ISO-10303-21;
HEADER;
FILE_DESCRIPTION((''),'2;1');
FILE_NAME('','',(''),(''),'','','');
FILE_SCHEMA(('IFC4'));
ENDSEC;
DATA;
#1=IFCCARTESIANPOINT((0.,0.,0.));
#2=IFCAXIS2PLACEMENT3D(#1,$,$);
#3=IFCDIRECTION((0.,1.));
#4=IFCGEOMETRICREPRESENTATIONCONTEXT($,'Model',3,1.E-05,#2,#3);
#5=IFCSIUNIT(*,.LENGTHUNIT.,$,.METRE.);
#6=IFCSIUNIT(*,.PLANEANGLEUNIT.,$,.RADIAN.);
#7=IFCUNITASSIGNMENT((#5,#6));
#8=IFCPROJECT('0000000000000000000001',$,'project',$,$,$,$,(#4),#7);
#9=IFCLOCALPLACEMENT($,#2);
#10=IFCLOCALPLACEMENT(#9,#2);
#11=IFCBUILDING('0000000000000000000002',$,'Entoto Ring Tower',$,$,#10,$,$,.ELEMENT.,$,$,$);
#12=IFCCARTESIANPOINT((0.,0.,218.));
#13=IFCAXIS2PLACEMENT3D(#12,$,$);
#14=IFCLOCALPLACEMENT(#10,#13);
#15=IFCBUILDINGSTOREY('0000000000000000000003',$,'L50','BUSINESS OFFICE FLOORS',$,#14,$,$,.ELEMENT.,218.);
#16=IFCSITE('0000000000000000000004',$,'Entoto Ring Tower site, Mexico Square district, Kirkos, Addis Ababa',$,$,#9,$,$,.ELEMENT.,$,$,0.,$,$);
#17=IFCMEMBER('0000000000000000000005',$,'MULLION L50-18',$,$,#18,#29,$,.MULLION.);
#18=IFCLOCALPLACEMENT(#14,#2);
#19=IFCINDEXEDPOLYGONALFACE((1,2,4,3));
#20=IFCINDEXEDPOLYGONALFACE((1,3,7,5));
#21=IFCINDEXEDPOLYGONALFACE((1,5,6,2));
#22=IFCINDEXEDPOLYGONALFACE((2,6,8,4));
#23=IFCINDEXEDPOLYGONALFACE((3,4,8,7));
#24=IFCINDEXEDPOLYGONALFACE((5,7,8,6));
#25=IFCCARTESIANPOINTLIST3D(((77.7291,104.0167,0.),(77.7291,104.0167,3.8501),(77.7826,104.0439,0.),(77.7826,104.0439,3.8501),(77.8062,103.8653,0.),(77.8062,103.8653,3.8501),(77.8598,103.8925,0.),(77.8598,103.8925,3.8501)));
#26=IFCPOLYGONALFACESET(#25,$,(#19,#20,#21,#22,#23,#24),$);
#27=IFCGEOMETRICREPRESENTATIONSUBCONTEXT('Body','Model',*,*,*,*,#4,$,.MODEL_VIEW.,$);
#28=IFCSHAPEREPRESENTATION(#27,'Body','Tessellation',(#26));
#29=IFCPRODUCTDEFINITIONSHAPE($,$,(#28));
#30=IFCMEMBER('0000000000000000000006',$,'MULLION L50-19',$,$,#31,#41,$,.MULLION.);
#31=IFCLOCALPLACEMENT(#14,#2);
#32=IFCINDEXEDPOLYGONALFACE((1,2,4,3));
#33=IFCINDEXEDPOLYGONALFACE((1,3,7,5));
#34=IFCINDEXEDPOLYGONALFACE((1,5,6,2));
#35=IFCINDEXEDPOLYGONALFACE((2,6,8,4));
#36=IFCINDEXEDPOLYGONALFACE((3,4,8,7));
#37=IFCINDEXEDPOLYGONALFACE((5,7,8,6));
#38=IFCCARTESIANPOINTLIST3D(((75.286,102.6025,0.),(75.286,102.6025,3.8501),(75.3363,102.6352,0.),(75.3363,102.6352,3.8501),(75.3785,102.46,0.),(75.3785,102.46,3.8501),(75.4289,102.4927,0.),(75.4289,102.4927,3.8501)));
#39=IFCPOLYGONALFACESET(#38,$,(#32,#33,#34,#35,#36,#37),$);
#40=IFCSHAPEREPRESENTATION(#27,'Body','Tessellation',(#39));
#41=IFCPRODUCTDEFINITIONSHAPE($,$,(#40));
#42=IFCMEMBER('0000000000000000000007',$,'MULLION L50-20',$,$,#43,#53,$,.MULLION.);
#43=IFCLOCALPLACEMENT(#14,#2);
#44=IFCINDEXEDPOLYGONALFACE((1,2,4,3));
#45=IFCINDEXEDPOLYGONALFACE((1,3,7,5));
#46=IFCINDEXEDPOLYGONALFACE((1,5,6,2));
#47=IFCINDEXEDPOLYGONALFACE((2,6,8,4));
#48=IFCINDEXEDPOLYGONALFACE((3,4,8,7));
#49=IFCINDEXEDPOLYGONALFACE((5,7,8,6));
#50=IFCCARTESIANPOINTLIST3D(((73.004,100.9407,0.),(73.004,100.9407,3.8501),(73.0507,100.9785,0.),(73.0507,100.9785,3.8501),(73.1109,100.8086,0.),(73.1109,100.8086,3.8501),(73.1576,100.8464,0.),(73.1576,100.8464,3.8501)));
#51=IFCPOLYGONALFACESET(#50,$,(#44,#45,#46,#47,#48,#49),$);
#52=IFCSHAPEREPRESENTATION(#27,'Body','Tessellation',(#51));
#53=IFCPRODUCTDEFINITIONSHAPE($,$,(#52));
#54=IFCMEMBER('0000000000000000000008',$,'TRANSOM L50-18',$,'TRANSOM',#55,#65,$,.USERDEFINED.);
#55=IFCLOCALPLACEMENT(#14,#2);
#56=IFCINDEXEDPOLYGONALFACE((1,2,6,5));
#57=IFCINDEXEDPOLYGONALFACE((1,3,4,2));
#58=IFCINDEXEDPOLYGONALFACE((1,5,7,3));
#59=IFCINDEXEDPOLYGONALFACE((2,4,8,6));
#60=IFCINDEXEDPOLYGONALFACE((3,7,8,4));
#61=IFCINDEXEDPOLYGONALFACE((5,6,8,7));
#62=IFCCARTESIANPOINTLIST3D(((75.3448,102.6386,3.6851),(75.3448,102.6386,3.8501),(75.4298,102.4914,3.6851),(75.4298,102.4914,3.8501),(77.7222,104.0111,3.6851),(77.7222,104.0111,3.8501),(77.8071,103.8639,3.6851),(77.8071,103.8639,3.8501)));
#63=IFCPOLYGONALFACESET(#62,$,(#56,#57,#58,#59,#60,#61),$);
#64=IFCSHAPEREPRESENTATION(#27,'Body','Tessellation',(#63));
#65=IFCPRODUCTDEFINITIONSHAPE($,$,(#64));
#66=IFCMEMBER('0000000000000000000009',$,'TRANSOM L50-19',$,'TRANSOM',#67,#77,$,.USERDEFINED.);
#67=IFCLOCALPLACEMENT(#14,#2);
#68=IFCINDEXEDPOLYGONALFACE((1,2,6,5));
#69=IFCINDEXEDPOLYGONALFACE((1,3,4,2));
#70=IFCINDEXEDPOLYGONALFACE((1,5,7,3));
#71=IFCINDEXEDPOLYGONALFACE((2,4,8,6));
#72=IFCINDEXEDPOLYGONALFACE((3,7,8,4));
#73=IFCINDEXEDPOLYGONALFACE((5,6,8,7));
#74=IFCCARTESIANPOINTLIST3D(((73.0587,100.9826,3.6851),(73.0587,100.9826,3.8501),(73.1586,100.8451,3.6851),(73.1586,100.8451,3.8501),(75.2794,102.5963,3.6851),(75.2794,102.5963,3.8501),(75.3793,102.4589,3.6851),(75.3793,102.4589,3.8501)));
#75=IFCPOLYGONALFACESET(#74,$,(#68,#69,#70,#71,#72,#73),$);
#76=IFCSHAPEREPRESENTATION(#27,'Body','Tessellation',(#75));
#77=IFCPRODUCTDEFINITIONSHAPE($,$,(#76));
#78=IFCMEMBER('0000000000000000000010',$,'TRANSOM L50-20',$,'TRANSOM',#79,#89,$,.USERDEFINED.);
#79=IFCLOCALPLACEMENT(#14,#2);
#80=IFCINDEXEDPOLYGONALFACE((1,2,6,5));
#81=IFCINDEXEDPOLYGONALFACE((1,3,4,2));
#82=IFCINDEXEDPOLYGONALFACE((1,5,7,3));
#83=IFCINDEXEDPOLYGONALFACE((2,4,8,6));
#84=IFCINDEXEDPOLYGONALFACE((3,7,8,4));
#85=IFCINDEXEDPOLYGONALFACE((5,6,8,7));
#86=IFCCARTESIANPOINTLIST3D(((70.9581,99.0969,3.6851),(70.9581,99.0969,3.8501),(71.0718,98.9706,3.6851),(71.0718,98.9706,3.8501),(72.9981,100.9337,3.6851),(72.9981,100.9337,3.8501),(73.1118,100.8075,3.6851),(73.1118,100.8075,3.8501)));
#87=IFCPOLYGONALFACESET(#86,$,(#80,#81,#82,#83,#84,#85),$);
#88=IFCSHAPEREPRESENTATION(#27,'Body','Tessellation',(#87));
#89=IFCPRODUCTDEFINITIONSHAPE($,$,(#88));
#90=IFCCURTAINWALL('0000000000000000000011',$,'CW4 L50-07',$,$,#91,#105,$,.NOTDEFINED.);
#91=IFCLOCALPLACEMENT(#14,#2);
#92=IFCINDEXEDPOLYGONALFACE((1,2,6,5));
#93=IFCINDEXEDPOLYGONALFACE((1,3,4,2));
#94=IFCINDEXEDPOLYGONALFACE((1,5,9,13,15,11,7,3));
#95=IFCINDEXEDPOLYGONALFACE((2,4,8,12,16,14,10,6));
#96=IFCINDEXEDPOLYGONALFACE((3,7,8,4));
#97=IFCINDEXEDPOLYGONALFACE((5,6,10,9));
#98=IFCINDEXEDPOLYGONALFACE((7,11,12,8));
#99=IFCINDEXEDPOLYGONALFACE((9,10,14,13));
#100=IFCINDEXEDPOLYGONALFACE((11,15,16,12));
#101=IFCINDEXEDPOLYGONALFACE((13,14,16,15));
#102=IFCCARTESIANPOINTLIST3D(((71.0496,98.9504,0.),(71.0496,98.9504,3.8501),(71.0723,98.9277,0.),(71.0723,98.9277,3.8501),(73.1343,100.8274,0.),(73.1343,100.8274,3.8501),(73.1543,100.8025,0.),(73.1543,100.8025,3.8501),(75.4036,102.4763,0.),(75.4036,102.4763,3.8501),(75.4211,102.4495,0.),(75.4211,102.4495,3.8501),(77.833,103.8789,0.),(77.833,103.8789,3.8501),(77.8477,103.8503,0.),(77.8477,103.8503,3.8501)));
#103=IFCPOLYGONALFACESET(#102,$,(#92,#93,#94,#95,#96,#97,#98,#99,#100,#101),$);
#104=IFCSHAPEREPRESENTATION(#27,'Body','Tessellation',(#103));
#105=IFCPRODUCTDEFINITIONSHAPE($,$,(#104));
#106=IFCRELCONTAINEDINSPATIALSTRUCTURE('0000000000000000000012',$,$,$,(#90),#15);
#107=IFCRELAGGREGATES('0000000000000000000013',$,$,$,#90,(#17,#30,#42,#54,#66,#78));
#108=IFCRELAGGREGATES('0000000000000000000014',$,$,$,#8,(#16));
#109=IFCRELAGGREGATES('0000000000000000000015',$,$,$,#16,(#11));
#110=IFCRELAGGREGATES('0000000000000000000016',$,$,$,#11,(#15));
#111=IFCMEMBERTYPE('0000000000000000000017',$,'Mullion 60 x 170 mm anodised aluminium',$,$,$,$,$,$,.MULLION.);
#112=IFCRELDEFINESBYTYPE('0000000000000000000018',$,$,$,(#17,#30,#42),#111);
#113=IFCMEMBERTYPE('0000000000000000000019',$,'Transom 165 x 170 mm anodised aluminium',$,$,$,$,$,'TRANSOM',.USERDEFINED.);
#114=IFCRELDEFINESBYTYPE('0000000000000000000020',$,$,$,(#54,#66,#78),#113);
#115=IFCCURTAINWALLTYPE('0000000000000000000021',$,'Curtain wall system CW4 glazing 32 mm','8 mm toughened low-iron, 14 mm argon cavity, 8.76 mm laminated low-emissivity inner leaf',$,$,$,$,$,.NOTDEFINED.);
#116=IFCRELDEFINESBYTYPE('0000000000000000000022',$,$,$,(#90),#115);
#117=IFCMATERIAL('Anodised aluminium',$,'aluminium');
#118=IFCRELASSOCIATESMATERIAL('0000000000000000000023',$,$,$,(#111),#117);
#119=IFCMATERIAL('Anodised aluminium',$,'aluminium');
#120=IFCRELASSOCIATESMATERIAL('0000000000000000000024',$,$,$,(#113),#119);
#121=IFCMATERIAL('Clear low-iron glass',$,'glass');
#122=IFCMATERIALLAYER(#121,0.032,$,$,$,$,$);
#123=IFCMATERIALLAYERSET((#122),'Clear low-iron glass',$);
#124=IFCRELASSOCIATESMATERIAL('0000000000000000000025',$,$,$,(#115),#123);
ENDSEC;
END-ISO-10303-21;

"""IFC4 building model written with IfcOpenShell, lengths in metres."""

from ifc_helpers import new_model, si_unit, direction, frame, origin, origin_2d, place, context, subcontext, project, spatial, polyline, rectangle, outline, extrude, material, layer, layer_set, material_profile, profile_set, type_object, element, aggregate, save


model = new_model("IFC4")

# Units and contexts
model_context = context("Model", 3, precision=1e-05, world=origin(), true_north=direction((0.0, 1.0)))
body_context = subcontext(model_context, "Body", "Model", "MODEL_VIEW")
ifc_project = project(units=[si_unit("LENGTHUNIT", "METRE"), si_unit("PLANEANGLEUNIT", "RADIAN")], contexts=[model_context])

# Members
ifc_material_1 = material(Name="Anodised aluminium", Category="aluminium")
ifc_material_profile_1 = material_profile(ifc_material_1, rectangle(XDim=0.0601, YDim=0.1699, at=origin_2d()), Name="Mullion 60 x 170 mm anodised aluminium")
ifc_profile_set_1 = profile_set([ifc_material_profile_1], Name="Anodised aluminium")
member_type_1 = type_object("IfcMemberType", Name="Mullion 60 x 170 mm anodised aluminium", PredefinedType="MULLION", material=ifc_profile_set_1)
site_placement = place(None, origin())
building_placement = place(site_placement, origin())
storey_placement = place(building_placement, frame((0.0, 0.0, 218.0)))
member_1_placement = place(storey_placement, frame((77.7944, 103.9546, 0.0), z_axis=(0.0, 0.0, 1.0), x_axis=(-0.891007, -0.45399, 0.0)))
member_1 = element("IfcMember", 1, at=member_1_placement, type_object=member_type_1, Name="MULLION L50-18", PredefinedType="MULLION", context=body_context, shape_type="SweptSolid", body=[
    extrude(rectangle(XDim=0.0601, YDim=0.1699, at=origin_2d()), origin(), (0.0, 0.0, 1.0), 3.8501),
])
member_2_placement = place(storey_placement, frame((75.3574, 102.5476, 0.0), z_axis=(0.0, 0.0, 1.0), x_axis=(-0.838671, -0.544639, 0.0)))
member_2 = element("IfcMember", 2, at=member_2_placement, type_object=member_type_1, Name="MULLION L50-19", PredefinedType="MULLION", context=body_context, shape_type="SweptSolid", body=[
    extrude(rectangle(XDim=0.0601, YDim=0.1699, at=origin_2d()), origin(), (0.0, 0.0, 1.0), 3.8501),
])
member_3_placement = place(storey_placement, frame((73.0808, 100.8936, 0.0), z_axis=(0.0, 0.0, 1.0), x_axis=(-0.777146, -0.62932, 0.0)))
member_3 = element("IfcMember", 3, at=member_3_placement, type_object=member_type_1, Name="MULLION L50-20", PredefinedType="MULLION", context=body_context, shape_type="SweptSolid", body=[
    extrude(rectangle(XDim=0.0601, YDim=0.1699, at=origin_2d()), origin(), (0.0, 0.0, 1.0), 3.8501),
])
ifc_material_2 = material(Name="Anodised aluminium", Category="aluminium")
ifc_material_profile_2 = material_profile(ifc_material_2, rectangle(XDim=0.1699, YDim=0.165, at=origin_2d()), Name="Transom 165 x 170 mm anodised aluminium")
ifc_profile_set_2 = profile_set([ifc_material_profile_2], Name="Anodised aluminium")
member_type_2 = type_object("IfcMemberType", Name="Transom 165 x 170 mm anodised aluminium", ElementType="TRANSOM", PredefinedType="USERDEFINED", material=ifc_profile_set_2)
member_4_placement = place(storey_placement, frame((77.7646, 103.9375, 3.7676), z_axis=(-0.866035, -0.499984, 0.0), x_axis=(0.499984, -0.866035, 0.0)))
member_4 = element("IfcMember", 4, at=member_4_placement, type_object=member_type_2, Name="TRANSOM L50-18", ObjectType="TRANSOM", PredefinedType="USERDEFINED", context=body_context, shape_type="SweptSolid", body=[
    extrude(rectangle(XDim=0.1699, YDim=0.165, at=origin_2d()), origin(), (0.0, 0.0, 1.0), 2.7451),
])
member_5_placement = place(storey_placement, frame((75.3293, 102.5276, 3.7676), z_axis=(-0.808959, -0.587865, 0.0), x_axis=(0.587865, -0.808959, 0.0)))
member_5 = element("IfcMember", 5, at=member_5_placement, type_object=member_type_2, Name="TRANSOM L50-19", ObjectType="TRANSOM", PredefinedType="USERDEFINED", context=body_context, shape_type="SweptSolid", body=[
    extrude(rectangle(XDim=0.1699, YDim=0.165, at=origin_2d()), origin(), (0.0, 0.0, 1.0), 2.7451),
])
member_6_placement = place(storey_placement, frame((73.0549, 100.8706, 3.7676), z_axis=(-0.743135, -0.669142, 0.0), x_axis=(0.669142, -0.743135, 0.0)))
member_6 = element("IfcMember", 6, at=member_6_placement, type_object=member_type_2, Name="TRANSOM L50-20", ObjectType="TRANSOM", PredefinedType="USERDEFINED", context=body_context, shape_type="SweptSolid", body=[
    extrude(rectangle(XDim=0.1699, YDim=0.165, at=origin_2d()), origin(), (0.0, 0.0, 1.0), 2.7451),
])

# Site, building, storey
site = spatial("IfcSite", under=ifc_project, at=site_placement, Name="Entoto Ring Tower site, Mexico Square district, Kirkos, Addis Ababa", CompositionType="ELEMENT", RefElevation=0.0)
building = spatial("IfcBuilding", under=site, at=building_placement, Name="Entoto Ring Tower", CompositionType="ELEMENT")
storey = spatial("IfcBuildingStorey", under=building, at=storey_placement, Name="L50", Description="BUSINESS OFFICE FLOORS", CompositionType="ELEMENT", Elevation=218.0)

# Curtain wall
ifc_material_3 = material(Name="Clear low-iron glass", Category="glass")
ifc_layer = layer(ifc_material_3, 0.032)
ifc_layer_set = layer_set([ifc_layer], Name="Clear low-iron glass")
curtain_wall_type = type_object("IfcCurtainWallType", Name="Curtain wall system CW4 glazing 32 mm", Description="8 mm toughened low-iron, 14 mm argon cavity, 8.76 mm laminated low-emissivity inner leaf", PredefinedType="NOTDEFINED", material=ifc_layer_set)
curtain_wall_1_placement = place(storey_placement, origin())
curtain_wall_1 = element("IfcCurtainWall", 7, at=curtain_wall_1_placement, inside=storey, type_object=curtain_wall_type, Name="CW4 L50-07", PredefinedType="NOTDEFINED", context=body_context, shape_type="SweptSolid", body=[
    extrude(outline(polyline([(77.833, 103.8789), (75.4036, 102.4763), (73.1343, 100.8274), (71.0496, 98.9504), (71.0723, 98.9277), (73.1543, 100.8025), (75.4211, 102.4495), (77.8477, 103.8503), (77.833, 103.8789)])), origin(), (0.0, 0.0, 1.0), 3.8501),
])
aggregate(curtain_wall_1, [member_1, member_2, member_3, member_4, member_5, member_6])

save(model, "model.ifc")
